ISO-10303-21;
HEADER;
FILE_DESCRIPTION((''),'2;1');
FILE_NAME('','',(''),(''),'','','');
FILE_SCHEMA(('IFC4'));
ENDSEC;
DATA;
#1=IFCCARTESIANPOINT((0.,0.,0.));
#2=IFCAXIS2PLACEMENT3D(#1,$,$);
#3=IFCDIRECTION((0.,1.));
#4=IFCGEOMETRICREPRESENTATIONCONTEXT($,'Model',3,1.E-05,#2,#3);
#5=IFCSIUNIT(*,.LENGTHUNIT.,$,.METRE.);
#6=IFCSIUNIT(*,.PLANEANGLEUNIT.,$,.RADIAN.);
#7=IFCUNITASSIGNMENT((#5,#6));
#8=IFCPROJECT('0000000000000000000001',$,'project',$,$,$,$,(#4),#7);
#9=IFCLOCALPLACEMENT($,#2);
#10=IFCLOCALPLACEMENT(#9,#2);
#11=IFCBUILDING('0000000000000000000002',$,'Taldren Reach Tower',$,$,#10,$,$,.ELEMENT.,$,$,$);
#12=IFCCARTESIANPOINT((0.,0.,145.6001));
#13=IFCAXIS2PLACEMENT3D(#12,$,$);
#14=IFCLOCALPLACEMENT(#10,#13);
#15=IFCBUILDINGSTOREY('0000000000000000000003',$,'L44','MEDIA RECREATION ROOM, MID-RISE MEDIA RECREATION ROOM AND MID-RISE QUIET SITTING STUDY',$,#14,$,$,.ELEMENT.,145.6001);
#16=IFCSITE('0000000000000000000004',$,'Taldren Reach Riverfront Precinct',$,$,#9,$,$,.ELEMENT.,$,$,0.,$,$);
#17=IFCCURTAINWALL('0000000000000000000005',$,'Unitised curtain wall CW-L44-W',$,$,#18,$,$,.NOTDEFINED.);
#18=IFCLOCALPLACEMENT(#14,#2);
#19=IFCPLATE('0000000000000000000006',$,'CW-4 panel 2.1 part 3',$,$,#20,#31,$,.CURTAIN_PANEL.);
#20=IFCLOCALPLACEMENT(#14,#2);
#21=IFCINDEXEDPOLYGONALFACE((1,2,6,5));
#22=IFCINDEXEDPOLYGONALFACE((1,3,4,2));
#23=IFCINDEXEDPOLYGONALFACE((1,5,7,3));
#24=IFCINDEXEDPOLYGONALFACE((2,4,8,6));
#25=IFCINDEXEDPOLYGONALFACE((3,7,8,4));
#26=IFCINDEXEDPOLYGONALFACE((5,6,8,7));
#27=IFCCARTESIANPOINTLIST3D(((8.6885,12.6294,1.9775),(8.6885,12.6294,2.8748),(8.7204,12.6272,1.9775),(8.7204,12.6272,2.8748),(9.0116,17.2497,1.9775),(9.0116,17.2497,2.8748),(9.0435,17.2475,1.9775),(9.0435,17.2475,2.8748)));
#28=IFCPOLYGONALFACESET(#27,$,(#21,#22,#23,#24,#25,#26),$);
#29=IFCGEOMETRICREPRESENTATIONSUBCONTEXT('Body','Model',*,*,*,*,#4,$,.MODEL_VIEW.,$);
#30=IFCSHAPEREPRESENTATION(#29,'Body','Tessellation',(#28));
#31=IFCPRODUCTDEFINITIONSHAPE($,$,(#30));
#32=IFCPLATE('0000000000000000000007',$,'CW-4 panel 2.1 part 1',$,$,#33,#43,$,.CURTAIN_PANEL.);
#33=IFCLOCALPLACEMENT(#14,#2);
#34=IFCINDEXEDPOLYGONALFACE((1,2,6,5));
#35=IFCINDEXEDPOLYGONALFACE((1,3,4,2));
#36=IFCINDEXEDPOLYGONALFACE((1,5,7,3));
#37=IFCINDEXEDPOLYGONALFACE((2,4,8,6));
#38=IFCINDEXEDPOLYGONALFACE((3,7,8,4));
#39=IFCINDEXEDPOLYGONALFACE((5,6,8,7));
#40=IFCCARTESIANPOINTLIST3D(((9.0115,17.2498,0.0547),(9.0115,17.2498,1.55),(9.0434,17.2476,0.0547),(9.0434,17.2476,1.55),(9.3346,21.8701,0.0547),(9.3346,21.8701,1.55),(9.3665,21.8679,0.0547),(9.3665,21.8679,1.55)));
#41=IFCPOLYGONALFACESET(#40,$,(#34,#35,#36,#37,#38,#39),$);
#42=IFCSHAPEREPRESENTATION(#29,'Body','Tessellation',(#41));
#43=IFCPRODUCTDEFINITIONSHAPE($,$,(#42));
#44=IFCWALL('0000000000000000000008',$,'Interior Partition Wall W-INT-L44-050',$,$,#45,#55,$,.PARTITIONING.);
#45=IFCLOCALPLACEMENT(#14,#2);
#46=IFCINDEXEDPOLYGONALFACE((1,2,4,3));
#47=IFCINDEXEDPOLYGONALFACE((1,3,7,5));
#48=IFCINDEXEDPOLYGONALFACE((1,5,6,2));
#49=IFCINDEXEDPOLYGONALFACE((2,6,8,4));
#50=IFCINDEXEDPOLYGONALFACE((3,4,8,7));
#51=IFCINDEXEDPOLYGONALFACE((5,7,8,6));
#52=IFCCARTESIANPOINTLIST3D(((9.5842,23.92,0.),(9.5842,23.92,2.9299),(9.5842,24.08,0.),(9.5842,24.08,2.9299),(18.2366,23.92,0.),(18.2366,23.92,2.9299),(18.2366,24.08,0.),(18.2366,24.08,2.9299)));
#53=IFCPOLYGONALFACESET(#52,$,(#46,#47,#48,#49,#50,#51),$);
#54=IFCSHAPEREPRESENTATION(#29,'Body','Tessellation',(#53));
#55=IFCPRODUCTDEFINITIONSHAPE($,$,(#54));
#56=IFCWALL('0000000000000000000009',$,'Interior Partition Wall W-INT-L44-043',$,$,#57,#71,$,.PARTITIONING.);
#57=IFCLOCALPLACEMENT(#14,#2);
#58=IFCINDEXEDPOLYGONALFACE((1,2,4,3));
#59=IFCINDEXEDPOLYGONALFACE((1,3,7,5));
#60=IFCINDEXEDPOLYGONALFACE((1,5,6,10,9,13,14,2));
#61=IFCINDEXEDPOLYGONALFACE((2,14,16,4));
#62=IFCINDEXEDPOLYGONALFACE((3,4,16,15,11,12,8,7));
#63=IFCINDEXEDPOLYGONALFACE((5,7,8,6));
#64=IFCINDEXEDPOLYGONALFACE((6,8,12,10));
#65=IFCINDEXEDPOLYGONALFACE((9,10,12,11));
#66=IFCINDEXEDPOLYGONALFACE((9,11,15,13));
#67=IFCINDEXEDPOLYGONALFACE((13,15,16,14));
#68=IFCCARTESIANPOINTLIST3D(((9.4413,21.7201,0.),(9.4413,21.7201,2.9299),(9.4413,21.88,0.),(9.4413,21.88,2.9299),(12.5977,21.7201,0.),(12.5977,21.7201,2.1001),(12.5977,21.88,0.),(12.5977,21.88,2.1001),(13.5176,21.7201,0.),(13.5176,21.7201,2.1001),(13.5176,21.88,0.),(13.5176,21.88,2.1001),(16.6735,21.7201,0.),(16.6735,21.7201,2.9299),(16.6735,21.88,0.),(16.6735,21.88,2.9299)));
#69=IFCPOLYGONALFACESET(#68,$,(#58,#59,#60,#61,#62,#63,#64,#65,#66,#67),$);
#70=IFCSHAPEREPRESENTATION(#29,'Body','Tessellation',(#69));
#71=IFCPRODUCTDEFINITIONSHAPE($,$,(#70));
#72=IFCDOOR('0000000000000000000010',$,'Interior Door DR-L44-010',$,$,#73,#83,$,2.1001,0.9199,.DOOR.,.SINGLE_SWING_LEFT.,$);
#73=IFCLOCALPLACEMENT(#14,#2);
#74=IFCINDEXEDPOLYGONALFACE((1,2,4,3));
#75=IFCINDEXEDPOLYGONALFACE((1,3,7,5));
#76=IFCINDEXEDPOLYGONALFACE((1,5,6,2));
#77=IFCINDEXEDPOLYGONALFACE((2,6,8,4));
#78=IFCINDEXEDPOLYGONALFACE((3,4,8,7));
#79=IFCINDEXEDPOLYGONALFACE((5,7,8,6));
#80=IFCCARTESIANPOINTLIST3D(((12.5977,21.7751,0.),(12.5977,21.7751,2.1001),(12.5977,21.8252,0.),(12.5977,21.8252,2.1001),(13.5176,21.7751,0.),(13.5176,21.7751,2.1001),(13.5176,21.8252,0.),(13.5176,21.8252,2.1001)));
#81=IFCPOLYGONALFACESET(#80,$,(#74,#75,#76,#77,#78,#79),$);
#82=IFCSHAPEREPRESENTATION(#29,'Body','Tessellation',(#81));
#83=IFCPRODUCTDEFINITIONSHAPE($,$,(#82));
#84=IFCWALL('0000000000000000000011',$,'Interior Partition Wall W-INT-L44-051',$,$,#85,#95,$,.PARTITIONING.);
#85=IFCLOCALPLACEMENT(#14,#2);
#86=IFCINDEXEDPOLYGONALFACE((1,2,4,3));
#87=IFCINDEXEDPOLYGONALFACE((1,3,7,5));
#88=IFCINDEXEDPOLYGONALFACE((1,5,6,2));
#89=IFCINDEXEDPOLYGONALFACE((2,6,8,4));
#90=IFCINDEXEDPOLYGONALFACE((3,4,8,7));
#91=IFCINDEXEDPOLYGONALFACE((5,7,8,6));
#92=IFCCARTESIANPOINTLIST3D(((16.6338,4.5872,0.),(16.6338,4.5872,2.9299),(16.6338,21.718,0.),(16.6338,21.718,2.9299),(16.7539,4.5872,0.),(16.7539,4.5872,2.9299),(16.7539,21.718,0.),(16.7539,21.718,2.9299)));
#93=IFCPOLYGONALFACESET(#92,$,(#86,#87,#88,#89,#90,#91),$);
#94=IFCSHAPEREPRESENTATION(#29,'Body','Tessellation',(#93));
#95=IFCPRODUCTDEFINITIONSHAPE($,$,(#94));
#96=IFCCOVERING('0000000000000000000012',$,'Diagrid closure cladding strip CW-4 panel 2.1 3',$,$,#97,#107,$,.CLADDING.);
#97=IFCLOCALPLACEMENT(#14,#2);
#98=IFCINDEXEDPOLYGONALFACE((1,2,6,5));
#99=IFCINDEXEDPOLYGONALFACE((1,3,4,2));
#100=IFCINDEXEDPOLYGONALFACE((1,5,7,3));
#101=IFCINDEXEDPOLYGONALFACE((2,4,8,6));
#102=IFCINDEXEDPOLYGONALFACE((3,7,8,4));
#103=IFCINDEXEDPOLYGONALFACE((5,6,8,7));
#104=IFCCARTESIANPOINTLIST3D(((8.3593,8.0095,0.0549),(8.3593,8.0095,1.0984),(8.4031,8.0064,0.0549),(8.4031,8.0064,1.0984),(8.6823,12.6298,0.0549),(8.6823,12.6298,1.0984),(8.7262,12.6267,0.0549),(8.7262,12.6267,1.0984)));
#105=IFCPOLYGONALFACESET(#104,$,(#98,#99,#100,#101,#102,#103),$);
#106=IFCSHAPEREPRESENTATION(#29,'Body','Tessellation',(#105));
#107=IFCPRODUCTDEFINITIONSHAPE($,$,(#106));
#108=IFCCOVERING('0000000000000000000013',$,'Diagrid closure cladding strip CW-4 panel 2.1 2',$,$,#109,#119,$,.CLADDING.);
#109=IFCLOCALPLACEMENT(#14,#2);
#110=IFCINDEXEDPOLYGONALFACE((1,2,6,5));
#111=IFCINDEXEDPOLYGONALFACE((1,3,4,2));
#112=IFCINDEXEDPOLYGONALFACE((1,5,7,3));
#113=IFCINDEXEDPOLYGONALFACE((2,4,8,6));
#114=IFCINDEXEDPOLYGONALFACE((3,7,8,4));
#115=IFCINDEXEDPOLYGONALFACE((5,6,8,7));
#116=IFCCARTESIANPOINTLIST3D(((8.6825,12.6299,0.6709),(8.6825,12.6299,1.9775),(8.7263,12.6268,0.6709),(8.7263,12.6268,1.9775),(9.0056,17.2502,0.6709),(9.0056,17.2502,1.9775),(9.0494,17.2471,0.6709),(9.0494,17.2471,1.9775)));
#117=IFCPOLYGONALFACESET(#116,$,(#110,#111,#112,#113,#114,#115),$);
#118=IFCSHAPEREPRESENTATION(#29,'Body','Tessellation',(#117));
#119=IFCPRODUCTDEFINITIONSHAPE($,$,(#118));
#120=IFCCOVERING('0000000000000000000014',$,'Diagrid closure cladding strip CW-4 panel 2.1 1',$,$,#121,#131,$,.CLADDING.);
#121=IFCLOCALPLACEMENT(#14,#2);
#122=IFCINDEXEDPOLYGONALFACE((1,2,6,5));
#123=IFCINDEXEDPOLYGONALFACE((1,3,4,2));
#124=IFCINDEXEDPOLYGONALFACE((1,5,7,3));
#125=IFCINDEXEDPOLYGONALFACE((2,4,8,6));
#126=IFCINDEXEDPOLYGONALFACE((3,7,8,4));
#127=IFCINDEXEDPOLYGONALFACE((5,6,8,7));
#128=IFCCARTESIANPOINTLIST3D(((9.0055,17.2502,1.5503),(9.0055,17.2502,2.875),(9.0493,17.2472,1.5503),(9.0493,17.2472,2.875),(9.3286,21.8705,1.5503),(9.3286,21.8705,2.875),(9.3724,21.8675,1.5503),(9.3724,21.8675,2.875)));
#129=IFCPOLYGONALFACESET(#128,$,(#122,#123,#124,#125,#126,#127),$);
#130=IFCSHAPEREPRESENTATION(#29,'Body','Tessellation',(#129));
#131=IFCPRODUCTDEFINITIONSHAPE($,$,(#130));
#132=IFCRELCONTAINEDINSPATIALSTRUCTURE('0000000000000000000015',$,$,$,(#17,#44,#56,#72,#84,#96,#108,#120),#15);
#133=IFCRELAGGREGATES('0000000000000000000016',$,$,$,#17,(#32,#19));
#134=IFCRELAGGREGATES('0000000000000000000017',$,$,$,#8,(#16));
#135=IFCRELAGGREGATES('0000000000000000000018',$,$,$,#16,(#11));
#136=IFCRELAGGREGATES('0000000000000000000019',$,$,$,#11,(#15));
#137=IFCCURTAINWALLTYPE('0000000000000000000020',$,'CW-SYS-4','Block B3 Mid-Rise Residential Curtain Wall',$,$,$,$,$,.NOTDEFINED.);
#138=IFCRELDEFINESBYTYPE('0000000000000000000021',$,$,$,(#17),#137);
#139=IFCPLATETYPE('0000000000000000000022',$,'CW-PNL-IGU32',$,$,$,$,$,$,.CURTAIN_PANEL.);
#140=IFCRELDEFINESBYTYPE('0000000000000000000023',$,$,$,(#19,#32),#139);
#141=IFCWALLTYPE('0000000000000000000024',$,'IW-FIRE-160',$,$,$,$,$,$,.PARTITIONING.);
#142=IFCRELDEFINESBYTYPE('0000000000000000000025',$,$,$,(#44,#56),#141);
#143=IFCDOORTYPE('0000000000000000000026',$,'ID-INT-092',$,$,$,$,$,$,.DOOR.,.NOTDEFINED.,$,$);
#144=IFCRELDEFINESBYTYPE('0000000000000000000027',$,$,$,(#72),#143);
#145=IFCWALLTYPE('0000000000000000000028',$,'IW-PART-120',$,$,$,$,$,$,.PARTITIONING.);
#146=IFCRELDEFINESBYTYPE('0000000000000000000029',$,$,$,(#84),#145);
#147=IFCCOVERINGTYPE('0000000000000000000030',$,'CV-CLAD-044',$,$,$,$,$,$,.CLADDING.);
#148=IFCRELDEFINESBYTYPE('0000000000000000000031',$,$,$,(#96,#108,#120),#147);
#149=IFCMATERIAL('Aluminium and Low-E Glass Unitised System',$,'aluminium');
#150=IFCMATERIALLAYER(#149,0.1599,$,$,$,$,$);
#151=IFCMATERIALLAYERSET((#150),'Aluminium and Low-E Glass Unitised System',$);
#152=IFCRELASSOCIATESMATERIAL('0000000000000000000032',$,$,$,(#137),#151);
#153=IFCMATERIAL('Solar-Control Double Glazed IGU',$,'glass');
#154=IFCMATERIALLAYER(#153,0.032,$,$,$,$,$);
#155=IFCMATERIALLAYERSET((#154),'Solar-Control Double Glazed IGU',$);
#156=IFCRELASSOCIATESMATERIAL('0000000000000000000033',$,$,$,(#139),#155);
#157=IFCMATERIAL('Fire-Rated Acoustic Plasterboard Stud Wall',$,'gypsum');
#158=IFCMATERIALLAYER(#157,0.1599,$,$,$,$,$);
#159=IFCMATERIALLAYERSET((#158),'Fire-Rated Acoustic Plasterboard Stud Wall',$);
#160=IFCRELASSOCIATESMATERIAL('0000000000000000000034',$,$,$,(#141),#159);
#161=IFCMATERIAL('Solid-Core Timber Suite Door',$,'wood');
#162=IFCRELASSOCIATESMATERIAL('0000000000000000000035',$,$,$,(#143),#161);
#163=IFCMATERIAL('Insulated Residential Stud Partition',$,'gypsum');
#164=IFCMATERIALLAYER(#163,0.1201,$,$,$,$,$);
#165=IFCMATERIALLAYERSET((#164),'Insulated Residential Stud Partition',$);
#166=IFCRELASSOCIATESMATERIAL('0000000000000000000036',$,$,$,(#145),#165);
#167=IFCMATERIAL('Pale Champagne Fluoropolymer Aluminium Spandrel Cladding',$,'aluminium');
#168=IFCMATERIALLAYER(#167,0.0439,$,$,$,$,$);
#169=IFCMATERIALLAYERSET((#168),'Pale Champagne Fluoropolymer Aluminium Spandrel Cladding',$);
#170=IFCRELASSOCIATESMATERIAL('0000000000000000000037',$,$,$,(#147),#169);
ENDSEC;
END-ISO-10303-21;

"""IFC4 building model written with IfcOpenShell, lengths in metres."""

from ifc_helpers import new_model, si_unit, direction, frame, frame_2d, origin, origin_2d, place, context, subcontext, project, spatial, rectangle, extrude, source, transform, mapped, material, layer, layer_set, type_object, element, fill, aggregate, save


model = new_model("IFC4")

# Units and contexts
model_context = context("Model", 3, precision=1e-05, world=origin(), true_north=direction((0.0, 1.0)))
body_context = subcontext(model_context, "Body", "Model", "MODEL_VIEW")
ifc_project = project(units=[si_unit("LENGTHUNIT", "METRE"), si_unit("PLANEANGLEUNIT", "RADIAN")], contexts=[model_context])

# Site, building, storey
site_placement = place(None, origin())
site = spatial("IfcSite", under=ifc_project, at=site_placement, Name="Taldren Reach Riverfront Precinct", CompositionType="ELEMENT", RefElevation=0.0)
building_placement = place(site_placement, origin())
building = spatial("IfcBuilding", under=site, at=building_placement, Name="Taldren Reach Tower", CompositionType="ELEMENT")
storey_placement = place(building_placement, frame((0.0, 0.0, 145.6001)))
storey = spatial("IfcBuildingStorey", under=building, at=storey_placement, Name="L44", Description="MEDIA RECREATION ROOM, MID-RISE MEDIA RECREATION ROOM AND MID-RISE QUIET SITTING STUDY", CompositionType="ELEMENT", Elevation=145.6001)

# Curtain wall
ifc_material_1 = material(Name="Aluminium and Low-E Glass Unitised System", Category="aluminium")
ifc_layer_1 = layer(ifc_material_1, 0.1599)
ifc_layer_set_1 = layer_set([ifc_layer_1], Name="Aluminium and Low-E Glass Unitised System")
curtain_wall_type = type_object("IfcCurtainWallType", Name="CW-SYS-4", Description="Block B3 Mid-Rise Residential Curtain Wall", PredefinedType="NOTDEFINED", material=ifc_layer_set_1)
curtain_wall_placement = place(storey_placement, origin())
curtain_wall = element("IfcCurtainWall", 1, at=curtain_wall_placement, inside=storey, type_object=curtain_wall_type, Name="Unitised curtain wall CW-L44-W", PredefinedType="NOTDEFINED")

# Plates
ifc_material_2 = material(Name="Solar-Control Double Glazed IGU", Category="glass")
ifc_layer_2 = layer(ifc_material_2, 0.032)
ifc_layer_set_2 = layer_set([ifc_layer_2], Name="Solar-Control Double Glazed IGU")
plate_type_1 = type_object("IfcPlateType", Name="CW-PNL-IGU32", PredefinedType="CURTAIN_PANEL", material=ifc_layer_set_2)
shared_shape_1 = source(origin(), body_context, "Body", "SweptSolid", [
    extrude(rectangle(XDim=4.6316, YDim=0.032, at=origin_2d()), origin(), (0.0, 0.0, 1.0), 0.8972),
])
plate_1_placement = place(storey_placement, frame((8.866, 14.9385, 1.9775), z_axis=(0.0, 0.0, 1.0), x_axis=(-0.069756, -0.997564, 0.0)))
plate_1 = element("IfcPlate", 2, at=plate_1_placement, type_object=plate_type_1, Name="CW-4 panel 2.1 part 3", PredefinedType="CURTAIN_PANEL", context=body_context, shape_type="MappedRepresentation", body=[
    mapped(shared_shape_1, transform((0.0, 0.0, 0.0), scale=1.0)),
])
shared_shape_2 = source(origin(), body_context, "Body", "SweptSolid", [
    extrude(rectangle(XDim=4.6316, YDim=0.032, at=origin_2d()), origin(), (0.0, 0.0, 1.0), 1.4954),
])
plate_2_placement = place(storey_placement, frame((9.189, 19.5588, 0.0547), z_axis=(0.0, 0.0, 1.0), x_axis=(-0.069756, -0.997564, 0.0)))
plate_2 = element("IfcPlate", 3, at=plate_2_placement, type_object=plate_type_1, Name="CW-4 panel 2.1 part 1", PredefinedType="CURTAIN_PANEL", context=body_context, shape_type="MappedRepresentation", body=[
    mapped(shared_shape_2, transform((0.0, 0.0, 0.0), scale=1.0)),
])
aggregate(curtain_wall, [plate_2, plate_1])

# Wall
ifc_material_3 = material(Name="Fire-Rated Acoustic Plasterboard Stud Wall", Category="gypsum")
ifc_layer_3 = layer(ifc_material_3, 0.1599)
ifc_layer_set_3 = layer_set([ifc_layer_3], Name="Fire-Rated Acoustic Plasterboard Stud Wall")
wall_type_1 = type_object("IfcWallType", Name="IW-FIRE-160", PredefinedType="PARTITIONING", material=ifc_layer_set_3)
shared_shape_3 = source(origin(), body_context, "Body", "SweptSolid", [
    extrude(rectangle(XDim=8.6523, YDim=0.1599, at=frame_2d((4.3262, 0.0))), origin(), (0.0, 0.0, 1.0), 2.9299),
])
wall_1_placement = place(storey_placement, frame((9.5842, 24.0, 0.0), z_axis=(0.0, 0.0, 1.0), x_axis=(1.0, 0.0, 0.0)))
element("IfcWall", 4, at=wall_1_placement, inside=storey, type_object=wall_type_1, Name="Interior Partition Wall W-INT-L44-050", PredefinedType="PARTITIONING", context=body_context, shape_type="MappedRepresentation", body=[
    mapped(shared_shape_3, transform((0.0, 0.0, 0.0), scale=1.0)),
])

# Wall, opening, door
shared_shape_4 = source(origin(), body_context, "Body", "SweptSolid", [
    extrude(rectangle(XDim=7.2322, YDim=0.1599, at=frame_2d((3.6162, 0.0))), origin(), (0.0, 0.0, 1.0), 2.9299),
])
wall_2_placement = place(storey_placement, frame((16.6736, 21.8, 0.0), z_axis=(0.0, 0.0, 1.0), x_axis=(-1.0, 0.0, 0.0)))
wall_2 = element("IfcWall", 5, at=wall_2_placement, inside=storey, type_object=wall_type_1, Name="Interior Partition Wall W-INT-L44-043", PredefinedType="PARTITIONING", context=body_context, shape_type="MappedRepresentation", body=[
    mapped(shared_shape_4, transform((0.0, 0.0, 0.0), scale=1.0)),
])
shared_shape_5 = source(origin(), body_context, "Body", "SweptSolid", [
    extrude(rectangle(XDim=0.9199, YDim=2.1001, at=frame_2d((0.46, 1.05))), frame((0.0, 0.0898, 0.0), z_axis=(0.0, -1.0, 0.0), x_axis=(1.0, 0.0, 0.0)), (0.0, 0.0, 1.0), 0.1799),
])
opening_placement = place(wall_2_placement, frame((3.156, 0.0, 0.0)))
opening = element("IfcOpeningElement", 6, at=opening_placement, cuts=wall_2, PredefinedType="OPENING", context=body_context, shape_type="MappedRepresentation", body=[
    mapped(shared_shape_5, transform((0.0, 0.0, 0.0), scale=1.0)),
])
ifc_material_4 = material(Name="Solid-Core Timber Suite Door", Category="wood")
door_type = type_object("IfcDoorType", Name="ID-INT-092", OperationType="NOTDEFINED", PredefinedType="DOOR", material=ifc_material_4)
shared_shape_6 = source(origin(), body_context, "Body", "SweptSolid", [
    extrude(rectangle(XDim=0.9199, YDim=2.1001, at=frame_2d((0.46, 1.05))), frame((0.0, 0.0249, 0.0), z_axis=(0.0, -1.0, 0.0), x_axis=(1.0, 0.0, 0.0)), (0.0, 0.0, 1.0), 0.05),
])
door_placement = place(opening_placement, origin())
door = element("IfcDoor", 7, at=door_placement, inside=storey, type_object=door_type, Name="Interior Door DR-L44-010", OperationType="SINGLE_SWING_LEFT", OverallHeight=2.1001, OverallWidth=0.9199, PredefinedType="DOOR", context=body_context, shape_type="MappedRepresentation", body=[
    mapped(shared_shape_6, transform((0.0, 0.0, 0.0), scale=1.0)),
])
fill(opening, door)

# Wall
ifc_material_5 = material(Name="Insulated Residential Stud Partition", Category="gypsum")
ifc_layer_4 = layer(ifc_material_5, 0.1201)
ifc_layer_set_4 = layer_set([ifc_layer_4], Name="Insulated Residential Stud Partition")
wall_type_2 = type_object("IfcWallType", Name="IW-PART-120", PredefinedType="PARTITIONING", material=ifc_layer_set_4)
shared_shape_7 = source(origin(), body_context, "Body", "SweptSolid", [
    extrude(rectangle(XDim=17.1309, YDim=0.1201, at=frame_2d((8.5654, 0.0))), origin(), (0.0, 0.0, 1.0), 2.9299),
])
wall_3_placement = place(storey_placement, frame((16.6938, 21.718, 0.0), z_axis=(0.0, 0.0, 1.0), x_axis=(0.0, -1.0, 0.0)))
element("IfcWall", 8, at=wall_3_placement, inside=storey, type_object=wall_type_2, Name="Interior Partition Wall W-INT-L44-051", PredefinedType="PARTITIONING", context=body_context, shape_type="MappedRepresentation", body=[
    mapped(shared_shape_7, transform((0.0, 0.0, 0.0), scale=1.0)),
])

# Coverings
ifc_material_6 = material(Name="Pale Champagne Fluoropolymer Aluminium Spandrel Cladding", Category="aluminium")
ifc_layer_5 = layer(ifc_material_6, 0.0439)
ifc_layer_set_5 = layer_set([ifc_layer_5], Name="Pale Champagne Fluoropolymer Aluminium Spandrel Cladding")
covering_type = type_object("IfcCoveringType", Name="CV-CLAD-044", PredefinedType="CLADDING", material=ifc_layer_set_5)
shared_shape_8 = source(origin(), body_context, "Body", "SweptSolid", [
    extrude(rectangle(XDim=4.6316, YDim=0.0439, at=origin_2d()), origin(), (0.0, 0.0, 1.0), 1.0435),
])
covering_1_placement = place(storey_placement, frame((8.5427, 10.3181, 0.0549), z_axis=(0.0, 0.0, 1.0), x_axis=(-0.069756, -0.997564, 0.0)))
element("IfcCovering", 9, at=covering_1_placement, inside=storey, type_object=covering_type, Name="Diagrid closure cladding strip CW-4 panel 2.1 3", PredefinedType="CLADDING", context=body_context, shape_type="MappedRepresentation", body=[
    mapped(shared_shape_8, transform((0.0, 0.0, 0.0), scale=1.0)),
])
shared_shape_9 = source(origin(), body_context, "Body", "SweptSolid", [
    extrude(rectangle(XDim=4.6316, YDim=0.0439, at=origin_2d()), origin(), (0.0, 0.0, 1.0), 1.3066),
])
covering_2_placement = place(storey_placement, frame((8.866, 14.9385, 0.6709), z_axis=(0.0, 0.0, 1.0), x_axis=(-0.069756, -0.997564, 0.0)))
element("IfcCovering", 10, at=covering_2_placement, inside=storey, type_object=covering_type, Name="Diagrid closure cladding strip CW-4 panel 2.1 2", PredefinedType="CLADDING", context=body_context, shape_type="MappedRepresentation", body=[
    mapped(shared_shape_9, transform((0.0, 0.0, 0.0), scale=1.0)),
])
shared_shape_10 = source(origin(), body_context, "Body", "SweptSolid", [
    extrude(rectangle(XDim=4.6316, YDim=0.0439, at=origin_2d()), origin(), (0.0, 0.0, 1.0), 1.3247),
])
covering_3_placement = place(storey_placement, frame((9.189, 19.5588, 1.5503), z_axis=(0.0, 0.0, 1.0), x_axis=(-0.069756, -0.997564, 0.0)))
element("IfcCovering", 11, at=covering_3_placement, inside=storey, type_object=covering_type, Name="Diagrid closure cladding strip CW-4 panel 2.1 1", PredefinedType="CLADDING", context=body_context, shape_type="MappedRepresentation", body=[
    mapped(shared_shape_10, transform((0.0, 0.0, 0.0), scale=1.0)),
])

save(model, "model.ifc")
